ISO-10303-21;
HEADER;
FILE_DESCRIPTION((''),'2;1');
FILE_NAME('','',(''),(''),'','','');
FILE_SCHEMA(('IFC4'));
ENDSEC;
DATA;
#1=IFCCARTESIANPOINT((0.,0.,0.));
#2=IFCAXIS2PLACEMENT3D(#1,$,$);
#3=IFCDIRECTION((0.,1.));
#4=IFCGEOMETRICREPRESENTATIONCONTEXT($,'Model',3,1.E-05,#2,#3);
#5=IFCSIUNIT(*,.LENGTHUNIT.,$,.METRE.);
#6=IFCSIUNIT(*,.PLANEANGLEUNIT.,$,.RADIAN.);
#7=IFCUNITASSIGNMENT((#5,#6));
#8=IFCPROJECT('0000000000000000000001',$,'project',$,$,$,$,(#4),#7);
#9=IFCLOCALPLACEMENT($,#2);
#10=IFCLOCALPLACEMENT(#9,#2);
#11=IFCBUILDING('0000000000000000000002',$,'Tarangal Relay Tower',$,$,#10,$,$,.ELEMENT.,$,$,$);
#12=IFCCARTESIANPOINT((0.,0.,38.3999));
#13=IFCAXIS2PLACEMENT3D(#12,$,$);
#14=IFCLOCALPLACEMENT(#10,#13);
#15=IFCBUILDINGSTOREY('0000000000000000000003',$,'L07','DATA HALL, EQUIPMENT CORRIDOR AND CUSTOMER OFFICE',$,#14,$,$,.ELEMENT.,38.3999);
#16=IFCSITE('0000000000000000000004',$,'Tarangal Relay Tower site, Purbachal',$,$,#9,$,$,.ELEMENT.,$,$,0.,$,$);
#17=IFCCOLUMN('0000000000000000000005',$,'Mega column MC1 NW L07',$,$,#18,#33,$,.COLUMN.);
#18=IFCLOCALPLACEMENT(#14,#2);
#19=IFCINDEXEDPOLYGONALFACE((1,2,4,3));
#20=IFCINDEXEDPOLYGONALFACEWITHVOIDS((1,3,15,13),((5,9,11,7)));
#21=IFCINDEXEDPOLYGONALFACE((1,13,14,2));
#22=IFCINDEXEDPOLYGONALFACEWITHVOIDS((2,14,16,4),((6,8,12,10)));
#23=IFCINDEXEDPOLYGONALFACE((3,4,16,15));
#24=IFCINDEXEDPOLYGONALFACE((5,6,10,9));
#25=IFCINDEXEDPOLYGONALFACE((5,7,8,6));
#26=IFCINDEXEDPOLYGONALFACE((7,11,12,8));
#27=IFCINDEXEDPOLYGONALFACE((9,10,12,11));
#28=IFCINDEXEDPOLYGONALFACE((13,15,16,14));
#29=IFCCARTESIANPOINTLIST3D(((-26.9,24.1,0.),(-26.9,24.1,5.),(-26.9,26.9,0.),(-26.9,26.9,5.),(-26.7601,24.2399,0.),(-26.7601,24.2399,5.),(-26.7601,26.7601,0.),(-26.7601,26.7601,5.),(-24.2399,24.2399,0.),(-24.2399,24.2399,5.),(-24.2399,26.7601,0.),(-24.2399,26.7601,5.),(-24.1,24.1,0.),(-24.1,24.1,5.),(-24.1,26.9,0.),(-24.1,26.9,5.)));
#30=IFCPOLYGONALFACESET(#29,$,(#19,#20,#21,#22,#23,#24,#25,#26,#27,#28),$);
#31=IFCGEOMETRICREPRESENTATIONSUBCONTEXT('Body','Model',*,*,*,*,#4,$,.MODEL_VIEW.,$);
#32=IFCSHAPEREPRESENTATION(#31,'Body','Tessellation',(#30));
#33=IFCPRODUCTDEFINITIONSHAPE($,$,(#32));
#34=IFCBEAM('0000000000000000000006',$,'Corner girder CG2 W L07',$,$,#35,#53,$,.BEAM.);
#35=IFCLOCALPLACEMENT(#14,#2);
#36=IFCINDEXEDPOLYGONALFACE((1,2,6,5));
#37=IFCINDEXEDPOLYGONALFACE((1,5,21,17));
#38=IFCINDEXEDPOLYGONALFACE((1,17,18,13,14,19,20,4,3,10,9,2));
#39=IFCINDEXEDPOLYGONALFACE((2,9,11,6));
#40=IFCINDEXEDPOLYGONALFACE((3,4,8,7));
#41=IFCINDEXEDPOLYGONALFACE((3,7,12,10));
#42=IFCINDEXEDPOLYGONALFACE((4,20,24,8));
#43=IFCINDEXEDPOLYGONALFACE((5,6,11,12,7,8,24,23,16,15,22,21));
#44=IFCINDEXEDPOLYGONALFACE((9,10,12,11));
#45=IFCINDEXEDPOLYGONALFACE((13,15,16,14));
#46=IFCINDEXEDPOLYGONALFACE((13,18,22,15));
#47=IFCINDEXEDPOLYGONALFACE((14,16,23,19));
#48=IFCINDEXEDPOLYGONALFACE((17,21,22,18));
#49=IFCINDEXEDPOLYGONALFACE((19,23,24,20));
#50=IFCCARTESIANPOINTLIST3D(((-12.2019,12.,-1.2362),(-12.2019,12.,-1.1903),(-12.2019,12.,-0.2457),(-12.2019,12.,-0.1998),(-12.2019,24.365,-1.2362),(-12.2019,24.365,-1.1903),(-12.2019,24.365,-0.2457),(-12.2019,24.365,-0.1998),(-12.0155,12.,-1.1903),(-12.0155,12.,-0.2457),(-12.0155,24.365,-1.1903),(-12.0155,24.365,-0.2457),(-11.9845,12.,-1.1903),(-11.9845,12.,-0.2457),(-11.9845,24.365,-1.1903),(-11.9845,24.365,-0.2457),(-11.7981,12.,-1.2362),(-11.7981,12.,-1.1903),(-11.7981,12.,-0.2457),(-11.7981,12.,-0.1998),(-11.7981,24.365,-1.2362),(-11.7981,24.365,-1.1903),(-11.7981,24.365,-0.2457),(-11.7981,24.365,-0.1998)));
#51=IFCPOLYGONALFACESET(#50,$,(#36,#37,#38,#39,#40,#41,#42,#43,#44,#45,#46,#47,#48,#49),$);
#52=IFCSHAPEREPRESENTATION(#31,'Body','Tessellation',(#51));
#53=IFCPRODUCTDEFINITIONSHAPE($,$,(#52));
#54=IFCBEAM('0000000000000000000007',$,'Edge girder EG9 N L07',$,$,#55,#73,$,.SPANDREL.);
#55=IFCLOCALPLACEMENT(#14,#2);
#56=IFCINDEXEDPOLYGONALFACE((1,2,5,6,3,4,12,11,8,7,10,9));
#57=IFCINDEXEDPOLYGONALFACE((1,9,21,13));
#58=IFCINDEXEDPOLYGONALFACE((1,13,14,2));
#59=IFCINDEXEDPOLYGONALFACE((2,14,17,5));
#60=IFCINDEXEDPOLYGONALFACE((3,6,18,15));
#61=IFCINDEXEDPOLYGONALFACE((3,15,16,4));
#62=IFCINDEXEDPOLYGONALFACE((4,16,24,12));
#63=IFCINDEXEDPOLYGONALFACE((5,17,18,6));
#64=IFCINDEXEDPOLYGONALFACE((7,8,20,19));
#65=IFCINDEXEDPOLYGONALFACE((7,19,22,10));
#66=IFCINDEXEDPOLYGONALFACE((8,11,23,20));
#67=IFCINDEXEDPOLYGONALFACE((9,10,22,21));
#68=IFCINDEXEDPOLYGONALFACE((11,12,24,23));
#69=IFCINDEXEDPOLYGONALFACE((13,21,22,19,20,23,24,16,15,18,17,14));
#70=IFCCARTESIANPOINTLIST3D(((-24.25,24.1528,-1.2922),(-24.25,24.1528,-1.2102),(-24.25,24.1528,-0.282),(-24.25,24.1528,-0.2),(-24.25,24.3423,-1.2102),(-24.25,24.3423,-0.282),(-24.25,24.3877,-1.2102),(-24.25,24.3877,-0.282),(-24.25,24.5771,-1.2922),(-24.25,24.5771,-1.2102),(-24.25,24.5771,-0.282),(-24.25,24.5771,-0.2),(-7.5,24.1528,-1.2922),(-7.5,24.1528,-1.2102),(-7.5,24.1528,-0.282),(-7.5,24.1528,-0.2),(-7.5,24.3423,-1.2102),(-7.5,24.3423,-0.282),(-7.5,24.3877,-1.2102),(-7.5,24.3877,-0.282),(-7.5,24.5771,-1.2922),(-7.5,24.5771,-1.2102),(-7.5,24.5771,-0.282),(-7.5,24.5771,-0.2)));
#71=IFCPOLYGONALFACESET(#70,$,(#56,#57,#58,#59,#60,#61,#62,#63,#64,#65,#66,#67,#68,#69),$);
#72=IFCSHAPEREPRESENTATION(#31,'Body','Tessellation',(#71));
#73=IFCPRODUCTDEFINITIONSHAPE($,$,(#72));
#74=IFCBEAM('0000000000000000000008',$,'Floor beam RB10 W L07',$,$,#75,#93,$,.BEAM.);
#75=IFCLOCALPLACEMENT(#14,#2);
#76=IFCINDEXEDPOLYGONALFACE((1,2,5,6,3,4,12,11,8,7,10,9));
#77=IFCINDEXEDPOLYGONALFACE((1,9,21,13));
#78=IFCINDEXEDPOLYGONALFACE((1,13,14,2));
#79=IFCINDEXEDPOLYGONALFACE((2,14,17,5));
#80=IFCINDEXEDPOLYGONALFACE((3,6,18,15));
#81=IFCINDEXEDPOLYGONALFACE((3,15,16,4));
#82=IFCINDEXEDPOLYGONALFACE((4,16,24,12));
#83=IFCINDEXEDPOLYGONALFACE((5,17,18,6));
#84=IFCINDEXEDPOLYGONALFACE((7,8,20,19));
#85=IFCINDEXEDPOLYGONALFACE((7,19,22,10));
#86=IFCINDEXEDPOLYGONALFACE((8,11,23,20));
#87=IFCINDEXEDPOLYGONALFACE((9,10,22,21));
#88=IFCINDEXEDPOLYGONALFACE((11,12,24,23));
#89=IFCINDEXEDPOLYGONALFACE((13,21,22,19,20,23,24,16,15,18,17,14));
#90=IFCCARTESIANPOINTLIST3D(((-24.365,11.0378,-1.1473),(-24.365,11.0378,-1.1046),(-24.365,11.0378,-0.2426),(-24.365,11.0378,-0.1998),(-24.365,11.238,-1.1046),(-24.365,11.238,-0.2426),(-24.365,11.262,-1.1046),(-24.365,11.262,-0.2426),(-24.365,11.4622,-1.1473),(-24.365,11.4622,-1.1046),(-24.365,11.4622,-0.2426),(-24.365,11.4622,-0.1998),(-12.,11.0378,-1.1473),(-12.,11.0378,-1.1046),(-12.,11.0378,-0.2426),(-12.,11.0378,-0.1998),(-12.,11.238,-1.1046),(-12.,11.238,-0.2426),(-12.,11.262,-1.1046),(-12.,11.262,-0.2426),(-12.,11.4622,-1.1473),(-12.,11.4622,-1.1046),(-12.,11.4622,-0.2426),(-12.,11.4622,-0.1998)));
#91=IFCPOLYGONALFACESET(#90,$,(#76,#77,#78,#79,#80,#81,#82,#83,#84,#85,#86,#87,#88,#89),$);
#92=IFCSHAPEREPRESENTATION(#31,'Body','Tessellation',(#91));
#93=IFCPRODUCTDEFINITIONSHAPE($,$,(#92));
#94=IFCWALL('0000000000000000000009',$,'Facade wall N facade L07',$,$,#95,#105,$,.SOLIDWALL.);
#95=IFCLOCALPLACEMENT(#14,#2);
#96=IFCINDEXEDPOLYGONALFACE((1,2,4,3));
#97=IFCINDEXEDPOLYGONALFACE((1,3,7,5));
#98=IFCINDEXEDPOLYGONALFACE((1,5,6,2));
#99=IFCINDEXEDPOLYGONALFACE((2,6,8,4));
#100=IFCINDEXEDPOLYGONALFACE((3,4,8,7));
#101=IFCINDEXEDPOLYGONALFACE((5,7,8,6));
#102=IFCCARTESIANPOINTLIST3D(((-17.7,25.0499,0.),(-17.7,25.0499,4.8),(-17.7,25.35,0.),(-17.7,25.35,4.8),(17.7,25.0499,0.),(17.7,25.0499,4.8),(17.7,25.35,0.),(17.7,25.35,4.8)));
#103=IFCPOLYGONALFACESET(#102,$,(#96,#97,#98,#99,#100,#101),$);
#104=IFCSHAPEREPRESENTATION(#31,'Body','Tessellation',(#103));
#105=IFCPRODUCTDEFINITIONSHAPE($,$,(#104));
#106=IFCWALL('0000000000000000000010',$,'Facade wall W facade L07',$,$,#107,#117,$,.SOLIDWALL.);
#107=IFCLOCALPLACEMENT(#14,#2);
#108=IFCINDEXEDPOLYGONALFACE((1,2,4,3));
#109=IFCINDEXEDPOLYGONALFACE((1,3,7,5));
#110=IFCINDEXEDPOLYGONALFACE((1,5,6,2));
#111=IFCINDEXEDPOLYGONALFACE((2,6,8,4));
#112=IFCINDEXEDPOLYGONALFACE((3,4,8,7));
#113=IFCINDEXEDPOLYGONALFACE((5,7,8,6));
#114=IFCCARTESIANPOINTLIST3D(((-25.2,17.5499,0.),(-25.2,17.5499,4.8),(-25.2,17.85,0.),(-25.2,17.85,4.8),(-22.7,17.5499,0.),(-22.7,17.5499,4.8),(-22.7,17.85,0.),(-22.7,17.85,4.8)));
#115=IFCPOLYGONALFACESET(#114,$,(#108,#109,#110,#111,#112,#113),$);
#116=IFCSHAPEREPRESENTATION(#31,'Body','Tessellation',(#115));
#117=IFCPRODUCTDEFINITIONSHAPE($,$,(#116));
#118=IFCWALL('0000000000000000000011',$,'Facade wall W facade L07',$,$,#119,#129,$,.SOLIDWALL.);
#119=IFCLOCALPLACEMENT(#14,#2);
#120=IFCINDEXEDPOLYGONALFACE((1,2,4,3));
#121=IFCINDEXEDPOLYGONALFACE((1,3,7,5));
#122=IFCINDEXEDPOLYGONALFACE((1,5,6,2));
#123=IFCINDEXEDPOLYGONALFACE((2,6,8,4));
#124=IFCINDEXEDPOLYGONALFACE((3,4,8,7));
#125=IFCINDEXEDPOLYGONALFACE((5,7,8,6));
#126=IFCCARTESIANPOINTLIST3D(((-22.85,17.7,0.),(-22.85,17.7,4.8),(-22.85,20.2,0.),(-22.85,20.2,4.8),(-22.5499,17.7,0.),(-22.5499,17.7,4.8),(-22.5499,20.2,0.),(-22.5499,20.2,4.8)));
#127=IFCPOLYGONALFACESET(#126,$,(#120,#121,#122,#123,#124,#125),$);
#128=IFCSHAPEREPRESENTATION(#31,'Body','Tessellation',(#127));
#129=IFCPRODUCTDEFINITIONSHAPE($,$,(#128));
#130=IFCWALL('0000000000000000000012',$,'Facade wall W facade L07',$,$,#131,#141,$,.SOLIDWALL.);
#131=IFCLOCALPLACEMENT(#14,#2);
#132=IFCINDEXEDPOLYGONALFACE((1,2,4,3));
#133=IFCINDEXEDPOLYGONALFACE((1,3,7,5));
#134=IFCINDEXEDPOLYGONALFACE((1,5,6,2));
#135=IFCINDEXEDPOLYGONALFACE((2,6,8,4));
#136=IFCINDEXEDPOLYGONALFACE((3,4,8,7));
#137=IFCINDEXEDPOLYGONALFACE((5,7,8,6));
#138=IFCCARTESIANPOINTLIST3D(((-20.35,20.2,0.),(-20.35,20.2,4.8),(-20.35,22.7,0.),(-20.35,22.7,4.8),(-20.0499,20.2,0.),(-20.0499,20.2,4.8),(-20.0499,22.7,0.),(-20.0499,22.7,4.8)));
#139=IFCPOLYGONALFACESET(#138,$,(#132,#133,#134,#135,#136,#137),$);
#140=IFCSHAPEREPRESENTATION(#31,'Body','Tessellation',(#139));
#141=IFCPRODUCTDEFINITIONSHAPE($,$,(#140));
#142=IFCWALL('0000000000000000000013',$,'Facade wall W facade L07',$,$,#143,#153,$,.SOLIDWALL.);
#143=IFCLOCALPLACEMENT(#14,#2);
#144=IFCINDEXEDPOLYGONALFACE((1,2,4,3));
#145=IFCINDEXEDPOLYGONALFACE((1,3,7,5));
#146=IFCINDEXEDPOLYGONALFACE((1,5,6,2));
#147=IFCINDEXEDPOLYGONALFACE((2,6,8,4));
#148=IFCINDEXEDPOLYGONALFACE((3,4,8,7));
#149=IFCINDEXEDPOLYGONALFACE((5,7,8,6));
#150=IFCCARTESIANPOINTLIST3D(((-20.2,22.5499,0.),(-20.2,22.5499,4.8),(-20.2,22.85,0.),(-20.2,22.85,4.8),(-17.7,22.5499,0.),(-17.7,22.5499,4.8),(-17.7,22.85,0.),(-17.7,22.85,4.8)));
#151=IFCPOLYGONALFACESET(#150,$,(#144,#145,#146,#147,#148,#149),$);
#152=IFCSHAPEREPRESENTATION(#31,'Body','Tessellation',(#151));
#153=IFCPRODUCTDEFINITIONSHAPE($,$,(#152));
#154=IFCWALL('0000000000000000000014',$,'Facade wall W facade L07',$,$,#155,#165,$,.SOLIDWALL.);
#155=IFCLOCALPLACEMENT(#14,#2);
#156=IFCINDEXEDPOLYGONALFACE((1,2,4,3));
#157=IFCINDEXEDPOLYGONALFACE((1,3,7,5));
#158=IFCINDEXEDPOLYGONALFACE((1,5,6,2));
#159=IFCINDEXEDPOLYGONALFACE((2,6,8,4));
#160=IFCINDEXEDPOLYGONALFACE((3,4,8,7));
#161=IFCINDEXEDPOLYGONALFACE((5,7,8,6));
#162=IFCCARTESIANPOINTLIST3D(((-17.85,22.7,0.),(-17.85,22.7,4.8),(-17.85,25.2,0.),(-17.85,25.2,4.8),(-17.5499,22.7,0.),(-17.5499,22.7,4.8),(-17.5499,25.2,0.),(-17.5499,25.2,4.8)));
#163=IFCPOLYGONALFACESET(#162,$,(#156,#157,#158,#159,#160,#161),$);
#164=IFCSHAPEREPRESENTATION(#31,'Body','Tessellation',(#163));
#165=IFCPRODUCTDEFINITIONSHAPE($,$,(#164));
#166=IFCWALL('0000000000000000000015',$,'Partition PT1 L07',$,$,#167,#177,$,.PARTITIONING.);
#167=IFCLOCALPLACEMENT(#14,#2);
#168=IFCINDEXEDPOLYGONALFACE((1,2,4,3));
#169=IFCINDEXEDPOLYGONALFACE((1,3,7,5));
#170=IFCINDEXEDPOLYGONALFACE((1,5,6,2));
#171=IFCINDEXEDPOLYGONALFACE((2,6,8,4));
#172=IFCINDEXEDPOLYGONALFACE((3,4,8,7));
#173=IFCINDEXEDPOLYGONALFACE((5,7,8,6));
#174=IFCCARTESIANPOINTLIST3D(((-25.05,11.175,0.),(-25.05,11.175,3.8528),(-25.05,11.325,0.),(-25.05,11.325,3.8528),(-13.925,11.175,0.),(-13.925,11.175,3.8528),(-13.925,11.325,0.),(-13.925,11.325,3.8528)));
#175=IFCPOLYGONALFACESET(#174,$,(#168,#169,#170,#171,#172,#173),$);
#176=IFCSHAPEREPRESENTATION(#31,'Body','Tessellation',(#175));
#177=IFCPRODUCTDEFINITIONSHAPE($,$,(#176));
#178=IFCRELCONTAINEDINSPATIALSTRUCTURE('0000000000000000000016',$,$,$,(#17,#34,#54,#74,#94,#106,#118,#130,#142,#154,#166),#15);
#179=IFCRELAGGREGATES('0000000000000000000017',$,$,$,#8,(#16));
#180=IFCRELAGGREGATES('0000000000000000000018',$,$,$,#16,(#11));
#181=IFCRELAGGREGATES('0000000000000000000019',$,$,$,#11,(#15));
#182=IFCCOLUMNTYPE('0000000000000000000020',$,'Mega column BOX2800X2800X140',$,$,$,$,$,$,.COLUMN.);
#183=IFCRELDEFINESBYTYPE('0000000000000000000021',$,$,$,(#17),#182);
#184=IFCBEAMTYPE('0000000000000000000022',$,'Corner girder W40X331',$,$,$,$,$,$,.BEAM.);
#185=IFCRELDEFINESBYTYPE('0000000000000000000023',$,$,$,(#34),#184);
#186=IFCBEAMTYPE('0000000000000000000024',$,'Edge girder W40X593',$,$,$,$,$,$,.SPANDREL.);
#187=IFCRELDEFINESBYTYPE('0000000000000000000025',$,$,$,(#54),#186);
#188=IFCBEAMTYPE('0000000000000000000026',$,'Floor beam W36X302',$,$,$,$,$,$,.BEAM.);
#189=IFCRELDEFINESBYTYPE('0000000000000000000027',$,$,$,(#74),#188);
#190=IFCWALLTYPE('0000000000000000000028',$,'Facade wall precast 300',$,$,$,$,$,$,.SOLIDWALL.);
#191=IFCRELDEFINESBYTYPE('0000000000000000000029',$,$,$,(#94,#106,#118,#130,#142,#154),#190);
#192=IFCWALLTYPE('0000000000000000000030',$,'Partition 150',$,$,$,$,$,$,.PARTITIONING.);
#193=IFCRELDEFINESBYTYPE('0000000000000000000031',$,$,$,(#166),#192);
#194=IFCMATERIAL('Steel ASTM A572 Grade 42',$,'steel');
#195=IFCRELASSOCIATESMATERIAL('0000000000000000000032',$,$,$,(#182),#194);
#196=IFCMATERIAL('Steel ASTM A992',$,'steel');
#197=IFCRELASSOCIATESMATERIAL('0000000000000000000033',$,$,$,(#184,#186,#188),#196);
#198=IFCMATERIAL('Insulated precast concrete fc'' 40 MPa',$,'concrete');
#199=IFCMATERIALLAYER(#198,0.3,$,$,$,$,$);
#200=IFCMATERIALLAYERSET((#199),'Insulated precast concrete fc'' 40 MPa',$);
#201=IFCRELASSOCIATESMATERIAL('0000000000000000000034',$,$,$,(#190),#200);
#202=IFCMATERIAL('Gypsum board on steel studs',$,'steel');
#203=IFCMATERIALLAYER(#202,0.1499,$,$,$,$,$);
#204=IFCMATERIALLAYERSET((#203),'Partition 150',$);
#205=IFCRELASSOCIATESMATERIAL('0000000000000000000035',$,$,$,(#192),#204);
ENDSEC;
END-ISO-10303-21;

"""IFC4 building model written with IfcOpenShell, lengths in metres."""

from ifc_helpers import new_model, si_unit, direction, frame, frame_2d, origin, origin_2d, place, context, subcontext, project, spatial, rectangle, hollow_rectangle, i_section, extrude, material, layer, layer_set, material_profile, profile_set, type_object, element, save


model = new_model("IFC4")

# Units and contexts
model_context = context("Model", 3, precision=1e-05, world=origin(), true_north=direction((0.0, 1.0)))
body_context = subcontext(model_context, "Body", "Model", "MODEL_VIEW")
ifc_project = project(units=[si_unit("LENGTHUNIT", "METRE"), si_unit("PLANEANGLEUNIT", "RADIAN")], contexts=[model_context])

# Site, building, storey
site_placement = place(None, origin())
site = spatial("IfcSite", under=ifc_project, at=site_placement, Name="Tarangal Relay Tower site, Purbachal", CompositionType="ELEMENT", RefElevation=0.0)
building_placement = place(site_placement, origin())
building = spatial("IfcBuilding", under=site, at=building_placement, Name="Tarangal Relay Tower", CompositionType="ELEMENT")
storey_placement = place(building_placement, frame((0.0, 0.0, 38.3999)))
storey = spatial("IfcBuildingStorey", under=building, at=storey_placement, Name="L07", Description="DATA HALL, EQUIPMENT CORRIDOR AND CUSTOMER OFFICE", CompositionType="ELEMENT", Elevation=38.3999)

# Column
ifc_material_1 = material(Name="Steel ASTM A572 Grade 42", Category="steel")
ifc_material_profile_1 = material_profile(ifc_material_1, hollow_rectangle(XDim=2.8, YDim=2.8, WallThickness=0.1399, at=origin_2d()), Name="BOX2800X2800X140")
ifc_profile_set_1 = profile_set([ifc_material_profile_1], Name="Steel ASTM A572 Grade 42")
column_type = type_object("IfcColumnType", Name="Mega column BOX2800X2800X140", PredefinedType="COLUMN", material=ifc_profile_set_1)
column_placement = place(storey_placement, frame((-25.5, 25.5, 0.0), z_axis=(0.0, 0.0, 1.0), x_axis=(1.0, 0.0, 0.0)))
element("IfcColumn", 1, at=column_placement, inside=storey, type_object=column_type, Name="Mega column MC1 NW L07", PredefinedType="COLUMN", context=body_context, shape_type="SweptSolid", body=[
    extrude(hollow_rectangle(XDim=2.8, YDim=2.8, WallThickness=0.1399, at=origin_2d()), origin(), (0.0, 0.0, 1.0), 5.0),
])

# Beams
ifc_material_2 = material(Name="Steel ASTM A992", Category="steel")
ifc_material_profile_2 = material_profile(ifc_material_2, i_section(OverallWidth=0.4038, OverallDepth=1.0364, WebThickness=0.031, FlangeThickness=0.0459, at=origin_2d()), Name="W40X331")
ifc_profile_set_2 = profile_set([ifc_material_profile_2], Name="Steel ASTM A992")
beam_type_1 = type_object("IfcBeamType", Name="Corner girder W40X331", PredefinedType="BEAM", material=ifc_profile_set_2)
beam_1_placement = place(storey_placement, frame((-12.0, 12.0, -0.718), z_axis=(0.0, 1.0, 0.0), x_axis=(-1.0, 0.0, 0.0)))
element("IfcBeam", 2, at=beam_1_placement, inside=storey, type_object=beam_type_1, Name="Corner girder CG2 W L07", PredefinedType="BEAM", context=body_context, shape_type="SweptSolid", body=[
    extrude(i_section(OverallWidth=0.4038, OverallDepth=1.0364, WebThickness=0.031, FlangeThickness=0.0459, at=origin_2d()), origin(), (0.0, 0.0, 1.0), 12.365),
])
ifc_material_profile_3 = material_profile(ifc_material_2, i_section(OverallWidth=0.4243, OverallDepth=1.0923, WebThickness=0.0454, FlangeThickness=0.082, at=origin_2d()), Name="W40X593")
ifc_profile_set_3 = profile_set([ifc_material_profile_3], Name="Steel ASTM A992")
beam_type_2 = type_object("IfcBeamType", Name="Edge girder W40X593", PredefinedType="SPANDREL", material=ifc_profile_set_3)
beam_2_placement = place(storey_placement, frame((-24.25, 24.365, -0.7461), z_axis=(1.0, 0.0, 0.0), x_axis=(0.0, 1.0, 0.0)))
element("IfcBeam", 3, at=beam_2_placement, inside=storey, type_object=beam_type_2, Name="Edge girder EG9 N L07", PredefinedType="SPANDREL", context=body_context, shape_type="SweptSolid", body=[
    extrude(i_section(OverallWidth=0.4243, OverallDepth=1.0923, WebThickness=0.0454, FlangeThickness=0.082, at=origin_2d()), origin(), (0.0, 0.0, 1.0), 16.75),
])
ifc_material_profile_4 = material_profile(ifc_material_2, i_section(OverallWidth=0.4243, OverallDepth=0.9475, WebThickness=0.0239, FlangeThickness=0.0427, at=origin_2d()), Name="W36X302")
ifc_profile_set_4 = profile_set([ifc_material_profile_4], Name="Steel ASTM A992")
beam_type_3 = type_object("IfcBeamType", Name="Floor beam W36X302", PredefinedType="BEAM", material=ifc_profile_set_4)
beam_3_placement = place(storey_placement, frame((-12.0, 11.25, -0.6736), z_axis=(-1.0, 0.0, 0.0), x_axis=(0.0, -1.0, 0.0)))
element("IfcBeam", 4, at=beam_3_placement, inside=storey, type_object=beam_type_3, Name="Floor beam RB10 W L07", PredefinedType="BEAM", context=body_context, shape_type="SweptSolid", body=[
    extrude(i_section(OverallWidth=0.4243, OverallDepth=0.9475, WebThickness=0.0239, FlangeThickness=0.0427, at=origin_2d()), origin(), (0.0, 0.0, 1.0), 12.365),
])

# Walls
ifc_material_3 = material(Name="Insulated precast concrete fc' 40 MPa", Category="concrete")
ifc_layer_1 = layer(ifc_material_3, 0.3)
ifc_layer_set_1 = layer_set([ifc_layer_1], Name="Insulated precast concrete fc' 40 MPa")
wall_type_1 = type_object("IfcWallType", Name="Facade wall precast 300", PredefinedType="SOLIDWALL", material=ifc_layer_set_1)
wall_1_placement = place(storey_placement, frame((-17.7, 25.2, 0.0), z_axis=(0.0, 0.0, 1.0), x_axis=(1.0, 0.0, 0.0)))
element("IfcWall", 5, at=wall_1_placement, inside=storey, type_object=wall_type_1, Name="Facade wall N facade L07", PredefinedType="SOLIDWALL", context=body_context, shape_type="SweptSolid", body=[
    extrude(rectangle(XDim=35.3999, YDim=0.3, at=frame_2d((17.7, 0.0))), origin(), (0.0, 0.0, 1.0), 4.8),
])
for number, where, z_axis, x_axis, name in (
    (6, (-25.2, 17.7, 0.0), (0.0, 0.0, 1.0), (1.0, 0.0, 0.0), "Facade wall W facade L07"),
    (7, (-22.7, 17.7, 0.0), (0.0, 0.0, 1.0), (0.0, 1.0, 0.0), "Facade wall W facade L07"),
):
    element("IfcWall", number, at=place(storey_placement, frame(where, z_axis=z_axis, x_axis=x_axis)), inside=storey, type_object=wall_type_1, Name=name, PredefinedType="SOLIDWALL", context=body_context, shape_type="SweptSolid", body=[
        extrude(rectangle(XDim=2.5, YDim=0.3, at=frame_2d((1.25, 0.0))), origin(), (0.0, 0.0, 1.0), 4.8),
    ])

# Walls
for number, where, z_axis, x_axis, name in (
    (8, (-20.2, 20.2, 0.0), (0.0, 0.0, 1.0), (0.0, 1.0, 0.0), "Facade wall W facade L07"),
    (9, (-20.2, 22.7, 0.0), (0.0, 0.0, 1.0), (1.0, 0.0, 0.0), "Facade wall W facade L07"),
    (10, (-17.7, 22.7, 0.0), (0.0, 0.0, 1.0), (0.0, 1.0, 0.0), "Facade wall W facade L07"),
):
    element("IfcWall", number, at=place(storey_placement, frame(where, z_axis=z_axis, x_axis=x_axis)), inside=storey, type_object=wall_type_1, Name=name, PredefinedType="SOLIDWALL", context=body_context, shape_type="SweptSolid", body=[
        extrude(rectangle(XDim=2.5, YDim=0.3, at=frame_2d((1.25, 0.0))), origin(), (0.0, 0.0, 1.0), 4.8),
    ])
ifc_material_4 = material(Name="Gypsum board on steel studs", Category="steel")
ifc_layer_2 = layer(ifc_material_4, 0.1499)
ifc_layer_set_2 = layer_set([ifc_layer_2], Name="Partition 150")
wall_type_2 = type_object("IfcWallType", Name="Partition 150", PredefinedType="PARTITIONING", material=ifc_layer_set_2)
wall_2_placement = place(storey_placement, frame((-25.05, 11.25, 0.0), z_axis=(0.0, 0.0, 1.0), x_axis=(1.0, 0.0, 0.0)))
element("IfcWall", 11, at=wall_2_placement, inside=storey, type_object=wall_type_2, Name="Partition PT1 L07", PredefinedType="PARTITIONING", context=body_context, shape_type="SweptSolid", body=[
    extrude(rectangle(XDim=11.125, YDim=0.1499, at=frame_2d((5.5625, 0.0))), origin(), (0.0, 0.0, 1.0), 3.8528),
])

save(model, "model.ifc")
